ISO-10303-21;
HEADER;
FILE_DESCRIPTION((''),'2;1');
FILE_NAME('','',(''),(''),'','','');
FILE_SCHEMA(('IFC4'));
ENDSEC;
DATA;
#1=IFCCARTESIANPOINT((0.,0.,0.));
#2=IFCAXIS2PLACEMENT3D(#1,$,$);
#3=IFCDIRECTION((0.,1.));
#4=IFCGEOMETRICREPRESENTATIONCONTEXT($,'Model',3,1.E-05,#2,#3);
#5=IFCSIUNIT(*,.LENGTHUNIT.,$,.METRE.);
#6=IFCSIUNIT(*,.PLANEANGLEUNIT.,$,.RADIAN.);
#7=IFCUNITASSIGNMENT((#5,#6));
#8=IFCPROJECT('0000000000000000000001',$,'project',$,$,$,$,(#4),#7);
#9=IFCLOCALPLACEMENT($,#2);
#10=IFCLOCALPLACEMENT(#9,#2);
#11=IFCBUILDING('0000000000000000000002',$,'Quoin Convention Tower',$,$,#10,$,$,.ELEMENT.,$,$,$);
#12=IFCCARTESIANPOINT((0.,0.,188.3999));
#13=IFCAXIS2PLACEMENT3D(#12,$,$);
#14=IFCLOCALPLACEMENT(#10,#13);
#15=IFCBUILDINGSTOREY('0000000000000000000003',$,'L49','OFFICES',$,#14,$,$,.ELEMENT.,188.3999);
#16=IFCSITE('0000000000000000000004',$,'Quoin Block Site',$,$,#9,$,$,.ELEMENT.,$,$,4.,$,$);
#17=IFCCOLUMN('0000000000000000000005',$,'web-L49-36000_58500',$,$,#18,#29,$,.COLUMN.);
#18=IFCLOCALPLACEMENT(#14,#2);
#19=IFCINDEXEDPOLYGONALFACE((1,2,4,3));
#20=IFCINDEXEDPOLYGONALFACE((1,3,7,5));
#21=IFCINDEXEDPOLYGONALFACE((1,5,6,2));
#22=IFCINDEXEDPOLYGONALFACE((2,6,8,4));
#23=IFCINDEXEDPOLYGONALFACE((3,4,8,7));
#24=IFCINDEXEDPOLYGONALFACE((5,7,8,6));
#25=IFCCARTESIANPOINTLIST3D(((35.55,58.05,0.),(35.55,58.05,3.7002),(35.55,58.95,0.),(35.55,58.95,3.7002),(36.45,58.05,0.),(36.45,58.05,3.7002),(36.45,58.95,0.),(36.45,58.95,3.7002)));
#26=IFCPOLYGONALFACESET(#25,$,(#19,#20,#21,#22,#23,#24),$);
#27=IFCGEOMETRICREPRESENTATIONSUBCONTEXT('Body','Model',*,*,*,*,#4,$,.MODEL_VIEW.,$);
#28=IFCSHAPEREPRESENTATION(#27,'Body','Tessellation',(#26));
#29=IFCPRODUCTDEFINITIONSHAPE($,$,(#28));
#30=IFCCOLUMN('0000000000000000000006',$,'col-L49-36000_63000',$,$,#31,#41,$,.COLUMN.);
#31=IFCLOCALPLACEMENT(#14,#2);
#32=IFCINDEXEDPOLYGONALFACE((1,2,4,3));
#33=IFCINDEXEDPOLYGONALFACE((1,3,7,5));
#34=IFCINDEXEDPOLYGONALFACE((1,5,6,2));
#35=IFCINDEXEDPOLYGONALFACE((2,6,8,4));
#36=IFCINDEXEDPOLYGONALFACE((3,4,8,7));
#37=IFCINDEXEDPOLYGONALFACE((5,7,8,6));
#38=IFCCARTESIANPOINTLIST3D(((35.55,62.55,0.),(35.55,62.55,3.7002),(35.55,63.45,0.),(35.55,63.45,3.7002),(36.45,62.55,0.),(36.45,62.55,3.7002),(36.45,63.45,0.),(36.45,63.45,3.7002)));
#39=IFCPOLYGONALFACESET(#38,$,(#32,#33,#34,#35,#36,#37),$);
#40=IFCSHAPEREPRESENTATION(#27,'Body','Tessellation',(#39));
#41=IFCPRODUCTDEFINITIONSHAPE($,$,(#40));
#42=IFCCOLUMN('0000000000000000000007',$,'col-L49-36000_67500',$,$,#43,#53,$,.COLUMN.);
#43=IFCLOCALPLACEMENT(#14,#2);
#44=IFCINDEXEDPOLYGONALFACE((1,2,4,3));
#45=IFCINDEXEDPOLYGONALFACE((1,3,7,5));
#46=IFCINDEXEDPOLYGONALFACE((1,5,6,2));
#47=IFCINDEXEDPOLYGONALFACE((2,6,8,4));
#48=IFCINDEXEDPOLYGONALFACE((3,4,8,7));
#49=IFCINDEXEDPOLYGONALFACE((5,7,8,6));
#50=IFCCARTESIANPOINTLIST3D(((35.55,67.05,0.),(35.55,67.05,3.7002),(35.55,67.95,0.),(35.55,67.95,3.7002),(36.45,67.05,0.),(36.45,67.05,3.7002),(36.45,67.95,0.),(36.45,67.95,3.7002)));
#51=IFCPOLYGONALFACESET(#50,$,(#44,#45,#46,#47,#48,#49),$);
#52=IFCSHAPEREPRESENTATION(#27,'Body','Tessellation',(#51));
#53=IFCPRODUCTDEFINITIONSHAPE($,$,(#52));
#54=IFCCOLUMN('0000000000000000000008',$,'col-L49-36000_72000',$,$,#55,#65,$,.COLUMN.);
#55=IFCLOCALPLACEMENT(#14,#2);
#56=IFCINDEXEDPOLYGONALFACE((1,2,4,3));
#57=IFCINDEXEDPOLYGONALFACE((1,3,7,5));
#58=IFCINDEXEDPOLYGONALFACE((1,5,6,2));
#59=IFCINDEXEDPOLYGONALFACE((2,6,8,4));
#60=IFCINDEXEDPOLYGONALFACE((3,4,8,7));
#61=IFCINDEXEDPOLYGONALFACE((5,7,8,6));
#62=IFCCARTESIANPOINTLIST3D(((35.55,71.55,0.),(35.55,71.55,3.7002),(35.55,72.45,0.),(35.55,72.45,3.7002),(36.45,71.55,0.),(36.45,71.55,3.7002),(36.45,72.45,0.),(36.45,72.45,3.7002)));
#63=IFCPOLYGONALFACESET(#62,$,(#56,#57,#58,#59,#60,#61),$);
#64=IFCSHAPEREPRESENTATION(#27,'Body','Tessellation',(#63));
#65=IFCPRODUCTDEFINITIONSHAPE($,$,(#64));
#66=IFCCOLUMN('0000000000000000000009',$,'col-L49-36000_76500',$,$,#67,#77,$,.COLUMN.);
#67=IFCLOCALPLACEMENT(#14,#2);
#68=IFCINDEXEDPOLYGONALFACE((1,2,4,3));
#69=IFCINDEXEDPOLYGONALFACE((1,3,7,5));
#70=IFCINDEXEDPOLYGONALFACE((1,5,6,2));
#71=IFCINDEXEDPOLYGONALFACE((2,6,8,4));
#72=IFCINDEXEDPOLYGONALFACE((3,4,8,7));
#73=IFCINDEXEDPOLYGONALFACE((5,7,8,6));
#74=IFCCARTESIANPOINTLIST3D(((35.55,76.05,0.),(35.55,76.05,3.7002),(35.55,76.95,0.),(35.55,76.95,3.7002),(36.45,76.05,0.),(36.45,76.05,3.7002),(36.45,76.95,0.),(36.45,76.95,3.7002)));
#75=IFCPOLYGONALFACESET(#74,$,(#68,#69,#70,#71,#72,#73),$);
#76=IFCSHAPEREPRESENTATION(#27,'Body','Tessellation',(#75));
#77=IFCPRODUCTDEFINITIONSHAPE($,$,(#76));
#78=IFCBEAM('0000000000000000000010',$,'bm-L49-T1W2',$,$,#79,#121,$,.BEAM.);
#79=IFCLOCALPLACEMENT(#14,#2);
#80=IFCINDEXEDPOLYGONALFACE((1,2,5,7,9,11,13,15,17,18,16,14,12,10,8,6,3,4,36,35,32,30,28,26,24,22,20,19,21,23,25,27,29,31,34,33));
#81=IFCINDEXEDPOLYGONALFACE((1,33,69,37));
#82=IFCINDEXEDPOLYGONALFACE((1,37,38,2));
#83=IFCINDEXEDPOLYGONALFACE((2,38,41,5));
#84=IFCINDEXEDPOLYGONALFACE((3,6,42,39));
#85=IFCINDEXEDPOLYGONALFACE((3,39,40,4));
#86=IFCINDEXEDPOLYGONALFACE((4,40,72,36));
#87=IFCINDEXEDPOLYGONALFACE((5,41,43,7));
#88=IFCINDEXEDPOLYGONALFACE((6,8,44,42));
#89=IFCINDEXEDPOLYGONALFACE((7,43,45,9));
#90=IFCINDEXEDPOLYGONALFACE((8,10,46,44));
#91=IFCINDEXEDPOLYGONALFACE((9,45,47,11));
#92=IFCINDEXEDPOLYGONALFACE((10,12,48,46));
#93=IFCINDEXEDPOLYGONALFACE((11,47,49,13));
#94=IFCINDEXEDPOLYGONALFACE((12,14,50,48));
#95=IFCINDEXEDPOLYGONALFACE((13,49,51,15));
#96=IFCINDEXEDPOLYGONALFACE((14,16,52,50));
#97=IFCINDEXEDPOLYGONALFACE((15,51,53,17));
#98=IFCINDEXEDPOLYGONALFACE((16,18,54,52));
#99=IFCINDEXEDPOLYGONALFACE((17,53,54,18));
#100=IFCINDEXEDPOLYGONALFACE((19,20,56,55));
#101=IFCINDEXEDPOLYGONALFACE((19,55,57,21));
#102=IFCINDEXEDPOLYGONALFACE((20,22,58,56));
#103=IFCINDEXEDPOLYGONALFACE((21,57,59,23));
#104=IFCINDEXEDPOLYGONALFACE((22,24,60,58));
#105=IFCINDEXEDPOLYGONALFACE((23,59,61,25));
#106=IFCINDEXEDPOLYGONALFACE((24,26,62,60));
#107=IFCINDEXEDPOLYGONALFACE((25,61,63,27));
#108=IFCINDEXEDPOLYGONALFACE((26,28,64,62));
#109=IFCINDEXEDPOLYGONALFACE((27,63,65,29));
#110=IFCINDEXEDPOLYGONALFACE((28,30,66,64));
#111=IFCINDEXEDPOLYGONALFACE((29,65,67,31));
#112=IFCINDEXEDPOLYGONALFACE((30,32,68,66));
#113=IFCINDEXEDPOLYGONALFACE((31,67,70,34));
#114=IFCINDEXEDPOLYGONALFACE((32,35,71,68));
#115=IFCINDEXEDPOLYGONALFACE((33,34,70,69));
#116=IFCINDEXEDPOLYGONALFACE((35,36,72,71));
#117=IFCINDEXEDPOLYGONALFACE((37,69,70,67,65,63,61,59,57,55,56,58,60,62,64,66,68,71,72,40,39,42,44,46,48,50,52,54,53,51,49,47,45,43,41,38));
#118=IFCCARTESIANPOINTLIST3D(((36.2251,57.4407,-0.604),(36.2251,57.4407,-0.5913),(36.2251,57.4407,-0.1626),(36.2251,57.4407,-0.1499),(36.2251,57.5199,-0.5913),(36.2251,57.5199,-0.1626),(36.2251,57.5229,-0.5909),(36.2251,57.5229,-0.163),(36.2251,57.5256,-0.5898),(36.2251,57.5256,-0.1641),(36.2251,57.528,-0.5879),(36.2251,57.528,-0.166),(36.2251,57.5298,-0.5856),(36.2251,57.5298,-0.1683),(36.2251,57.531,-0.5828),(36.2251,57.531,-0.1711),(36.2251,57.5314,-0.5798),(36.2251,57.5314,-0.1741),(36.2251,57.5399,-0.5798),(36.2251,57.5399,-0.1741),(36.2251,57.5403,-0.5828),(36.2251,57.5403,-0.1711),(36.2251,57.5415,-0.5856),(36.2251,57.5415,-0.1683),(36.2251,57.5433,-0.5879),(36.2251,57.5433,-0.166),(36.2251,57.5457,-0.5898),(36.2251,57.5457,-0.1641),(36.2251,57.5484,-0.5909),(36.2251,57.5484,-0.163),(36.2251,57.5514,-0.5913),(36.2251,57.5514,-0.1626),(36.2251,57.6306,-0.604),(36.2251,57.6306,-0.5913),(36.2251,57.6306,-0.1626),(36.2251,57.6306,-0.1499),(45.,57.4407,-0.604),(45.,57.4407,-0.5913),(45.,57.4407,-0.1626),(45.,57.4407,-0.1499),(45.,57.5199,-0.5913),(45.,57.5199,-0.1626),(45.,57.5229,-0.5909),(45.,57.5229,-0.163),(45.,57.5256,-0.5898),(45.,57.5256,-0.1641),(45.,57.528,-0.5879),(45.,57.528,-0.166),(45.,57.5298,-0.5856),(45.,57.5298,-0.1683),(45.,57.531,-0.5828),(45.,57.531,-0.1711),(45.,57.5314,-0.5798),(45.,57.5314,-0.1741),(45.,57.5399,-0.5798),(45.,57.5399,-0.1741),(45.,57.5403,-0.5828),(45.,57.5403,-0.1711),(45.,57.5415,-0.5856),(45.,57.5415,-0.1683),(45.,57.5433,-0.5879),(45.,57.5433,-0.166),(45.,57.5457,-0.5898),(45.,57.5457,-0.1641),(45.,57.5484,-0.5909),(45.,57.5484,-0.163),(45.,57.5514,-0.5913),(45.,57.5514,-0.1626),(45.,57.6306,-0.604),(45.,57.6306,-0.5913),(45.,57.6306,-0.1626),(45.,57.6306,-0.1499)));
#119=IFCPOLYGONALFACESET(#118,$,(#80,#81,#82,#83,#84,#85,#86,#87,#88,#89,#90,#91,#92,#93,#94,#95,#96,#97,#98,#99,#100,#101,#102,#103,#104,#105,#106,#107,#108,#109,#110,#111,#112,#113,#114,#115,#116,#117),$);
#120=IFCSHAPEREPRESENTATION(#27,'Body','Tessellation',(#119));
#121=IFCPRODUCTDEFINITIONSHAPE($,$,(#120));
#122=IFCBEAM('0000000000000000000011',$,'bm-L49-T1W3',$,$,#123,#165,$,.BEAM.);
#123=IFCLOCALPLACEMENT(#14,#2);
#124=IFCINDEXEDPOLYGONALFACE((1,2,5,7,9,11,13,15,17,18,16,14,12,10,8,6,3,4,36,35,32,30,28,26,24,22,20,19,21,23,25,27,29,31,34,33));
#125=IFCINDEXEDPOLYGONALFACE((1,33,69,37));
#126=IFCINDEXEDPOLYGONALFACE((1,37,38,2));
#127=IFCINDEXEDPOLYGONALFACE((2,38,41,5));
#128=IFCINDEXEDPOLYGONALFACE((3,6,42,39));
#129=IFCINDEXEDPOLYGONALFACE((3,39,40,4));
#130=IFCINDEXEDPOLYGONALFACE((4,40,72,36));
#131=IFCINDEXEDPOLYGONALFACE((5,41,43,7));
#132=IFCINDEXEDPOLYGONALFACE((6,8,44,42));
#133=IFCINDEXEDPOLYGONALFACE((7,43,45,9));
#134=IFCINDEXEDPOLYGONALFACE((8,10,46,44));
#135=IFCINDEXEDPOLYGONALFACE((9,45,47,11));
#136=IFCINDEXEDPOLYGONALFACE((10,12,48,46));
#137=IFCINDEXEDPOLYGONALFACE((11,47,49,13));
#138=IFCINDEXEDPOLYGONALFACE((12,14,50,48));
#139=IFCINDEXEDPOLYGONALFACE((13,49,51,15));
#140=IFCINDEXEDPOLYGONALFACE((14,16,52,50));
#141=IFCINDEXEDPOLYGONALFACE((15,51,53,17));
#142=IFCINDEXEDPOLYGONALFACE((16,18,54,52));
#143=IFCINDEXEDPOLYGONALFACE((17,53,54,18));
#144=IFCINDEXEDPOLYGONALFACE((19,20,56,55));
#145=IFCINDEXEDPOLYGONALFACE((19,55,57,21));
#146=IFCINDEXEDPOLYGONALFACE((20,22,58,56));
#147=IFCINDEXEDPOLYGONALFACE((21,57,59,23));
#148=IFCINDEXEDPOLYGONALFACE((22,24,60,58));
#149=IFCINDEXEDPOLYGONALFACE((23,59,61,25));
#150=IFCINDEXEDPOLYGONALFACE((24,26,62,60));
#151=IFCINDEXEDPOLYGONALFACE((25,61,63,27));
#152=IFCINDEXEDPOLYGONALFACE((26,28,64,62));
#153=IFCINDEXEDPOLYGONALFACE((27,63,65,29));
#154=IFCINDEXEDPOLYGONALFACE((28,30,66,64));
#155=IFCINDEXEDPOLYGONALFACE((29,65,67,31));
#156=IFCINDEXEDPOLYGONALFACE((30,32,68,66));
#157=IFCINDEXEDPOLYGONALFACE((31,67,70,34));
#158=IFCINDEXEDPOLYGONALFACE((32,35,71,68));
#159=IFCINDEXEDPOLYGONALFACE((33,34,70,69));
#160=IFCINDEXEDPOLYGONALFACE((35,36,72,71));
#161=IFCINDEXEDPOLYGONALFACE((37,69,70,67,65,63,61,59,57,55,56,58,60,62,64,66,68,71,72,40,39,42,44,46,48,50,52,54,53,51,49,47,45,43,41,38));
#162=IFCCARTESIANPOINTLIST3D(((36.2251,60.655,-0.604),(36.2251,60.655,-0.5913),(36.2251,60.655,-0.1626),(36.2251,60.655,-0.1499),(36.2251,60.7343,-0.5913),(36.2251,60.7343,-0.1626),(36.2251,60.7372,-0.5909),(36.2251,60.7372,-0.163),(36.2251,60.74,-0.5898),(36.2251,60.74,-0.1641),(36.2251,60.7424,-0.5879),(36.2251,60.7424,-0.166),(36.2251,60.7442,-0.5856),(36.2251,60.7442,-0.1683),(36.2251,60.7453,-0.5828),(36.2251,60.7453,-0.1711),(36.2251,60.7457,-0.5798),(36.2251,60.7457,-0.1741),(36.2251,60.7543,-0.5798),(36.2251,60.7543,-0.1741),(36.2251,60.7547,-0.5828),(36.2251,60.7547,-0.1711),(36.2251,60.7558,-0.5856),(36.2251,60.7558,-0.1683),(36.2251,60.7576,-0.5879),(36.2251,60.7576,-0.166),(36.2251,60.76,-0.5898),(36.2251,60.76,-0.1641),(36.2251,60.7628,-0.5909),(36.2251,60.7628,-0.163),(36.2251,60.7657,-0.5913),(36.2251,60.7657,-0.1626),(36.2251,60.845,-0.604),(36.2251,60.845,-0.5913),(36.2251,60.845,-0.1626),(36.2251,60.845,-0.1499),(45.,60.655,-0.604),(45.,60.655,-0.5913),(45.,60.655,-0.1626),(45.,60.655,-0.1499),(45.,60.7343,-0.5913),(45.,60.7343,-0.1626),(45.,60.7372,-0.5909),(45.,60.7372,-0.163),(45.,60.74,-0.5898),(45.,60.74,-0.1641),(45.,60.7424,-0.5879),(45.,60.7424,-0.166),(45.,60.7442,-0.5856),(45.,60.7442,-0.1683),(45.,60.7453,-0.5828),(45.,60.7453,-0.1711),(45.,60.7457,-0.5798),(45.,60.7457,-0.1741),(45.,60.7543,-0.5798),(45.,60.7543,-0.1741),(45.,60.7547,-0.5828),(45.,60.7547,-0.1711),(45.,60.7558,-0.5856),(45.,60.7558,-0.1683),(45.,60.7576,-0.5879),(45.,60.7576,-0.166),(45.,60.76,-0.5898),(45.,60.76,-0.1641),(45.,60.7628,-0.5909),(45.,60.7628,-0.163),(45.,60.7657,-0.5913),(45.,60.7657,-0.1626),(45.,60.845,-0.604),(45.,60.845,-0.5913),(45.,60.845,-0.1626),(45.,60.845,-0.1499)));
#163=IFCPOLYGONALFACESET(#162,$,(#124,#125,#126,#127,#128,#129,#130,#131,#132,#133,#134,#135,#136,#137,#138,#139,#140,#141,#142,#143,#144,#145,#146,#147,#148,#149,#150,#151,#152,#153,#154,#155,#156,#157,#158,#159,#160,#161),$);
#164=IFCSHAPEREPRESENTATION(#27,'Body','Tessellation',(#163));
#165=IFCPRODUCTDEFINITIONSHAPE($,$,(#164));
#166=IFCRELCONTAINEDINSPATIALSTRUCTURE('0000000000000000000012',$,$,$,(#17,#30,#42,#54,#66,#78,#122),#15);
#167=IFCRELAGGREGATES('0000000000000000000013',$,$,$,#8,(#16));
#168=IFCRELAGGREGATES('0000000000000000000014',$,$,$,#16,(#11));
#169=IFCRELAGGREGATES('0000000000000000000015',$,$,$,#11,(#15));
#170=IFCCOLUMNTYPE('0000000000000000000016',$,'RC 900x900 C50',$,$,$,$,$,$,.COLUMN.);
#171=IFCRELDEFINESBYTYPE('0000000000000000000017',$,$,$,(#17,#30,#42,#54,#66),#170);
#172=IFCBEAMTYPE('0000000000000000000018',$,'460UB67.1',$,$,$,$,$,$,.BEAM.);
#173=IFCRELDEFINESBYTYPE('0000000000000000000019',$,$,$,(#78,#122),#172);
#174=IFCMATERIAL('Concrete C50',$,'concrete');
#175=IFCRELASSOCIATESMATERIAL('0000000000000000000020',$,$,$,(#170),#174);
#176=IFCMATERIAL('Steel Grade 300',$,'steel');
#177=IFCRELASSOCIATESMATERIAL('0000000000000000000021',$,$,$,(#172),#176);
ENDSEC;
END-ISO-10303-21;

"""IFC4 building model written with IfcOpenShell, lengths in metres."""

from ifc_helpers import new_model, si_unit, direction, frame, origin, origin_2d, place, context, subcontext, project, spatial, rectangle, i_section, extrude, material, material_profile, profile_set, type_object, element, save


model = new_model("IFC4")

# Units and contexts
model_context = context("Model", 3, precision=1e-05, world=origin(), true_north=direction((0.0, 1.0)))
body_context = subcontext(model_context, "Body", "Model", "MODEL_VIEW")
ifc_project = project(units=[si_unit("LENGTHUNIT", "METRE"), si_unit("PLANEANGLEUNIT", "RADIAN")], contexts=[model_context])

# Site, building, storey
site_placement = place(None, origin())
site = spatial("IfcSite", under=ifc_project, at=site_placement, Name="Quoin Block Site", CompositionType="ELEMENT", RefElevation=4.0)
building_placement = place(site_placement, origin())
building = spatial("IfcBuilding", under=site, at=building_placement, Name="Quoin Convention Tower", CompositionType="ELEMENT")
storey_placement = place(building_placement, frame((0.0, 0.0, 188.3999)))
storey = spatial("IfcBuildingStorey", under=building, at=storey_placement, Name="L49", Description="OFFICES", CompositionType="ELEMENT", Elevation=188.3999)

# Columns
ifc_material_1 = material(Name="Concrete C50", Category="concrete")
ifc_material_profile_1 = material_profile(ifc_material_1, rectangle(XDim=0.8999, YDim=0.8999, at=origin_2d()), Name="RC 900x900")
ifc_profile_set_1 = profile_set([ifc_material_profile_1], Name="Concrete C50")
column_type = type_object("IfcColumnType", Name="RC 900x900 C50", PredefinedType="COLUMN", material=ifc_profile_set_1)
for number, where, z_axis, x_axis, name in (
    (1, (36.0, 58.5, 0.0), (0.0, 0.0, 1.0), (1.0, 0.0, 0.0), "web-L49-36000_58500"),
    (2, (36.0, 63.0, 0.0), (0.0, 0.0, 1.0), (1.0, 0.0, 0.0), "col-L49-36000_63000"),
    (3, (36.0, 67.5, 0.0), (0.0, 0.0, 1.0), (1.0, 0.0, 0.0), "col-L49-36000_67500"),
    (4, (36.0, 72.0, 0.0), (0.0, 0.0, 1.0), (1.0, 0.0, 0.0), "col-L49-36000_72000"),
    (5, (36.0, 76.5, 0.0), (0.0, 0.0, 1.0), (1.0, 0.0, 0.0), "col-L49-36000_76500"),
):
    element("IfcColumn", number, at=place(storey_placement, frame(where, z_axis=z_axis, x_axis=x_axis)), inside=storey, type_object=column_type, Name=name, PredefinedType="COLUMN", context=body_context, shape_type="SweptSolid", body=[
        extrude(rectangle(XDim=0.8999, YDim=0.8999, at=origin_2d()), origin(), (0.0, 0.0, 1.0), 3.7002),
    ])

# Beams
ifc_material_2 = material(Name="Steel Grade 300", Category="steel")
ifc_material_profile_2 = material_profile(ifc_material_2, i_section(OverallWidth=0.1899, OverallDepth=0.4541, WebThickness=0.0085, FlangeThickness=0.0127, FilletRadius=0.0115, at=origin_2d()), Name="460UB67.1")
ifc_profile_set_2 = profile_set([ifc_material_profile_2], Name="Steel Grade 300")
beam_type_1 = type_object("IfcBeamType", Name="460UB67.1", PredefinedType="BEAM", material=ifc_profile_set_2)
for number, where, z_axis, x_axis, name in (
    (6, (36.2251, 57.5356, -0.377), (1.0, 0.0, 0.0), (0.0, 1.0, 0.0), "bm-L49-T1W2"),
    (7, (36.2251, 60.75, -0.377), (1.0, 0.0, 0.0), (0.0, 1.0, 0.0), "bm-L49-T1W3"),
):
    element("IfcBeam", number, at=place(storey_placement, frame(where, z_axis=z_axis, x_axis=x_axis)), inside=storey, type_object=beam_type_1, Name=name, PredefinedType="BEAM", context=body_context, shape_type="SweptSolid", body=[
        extrude(i_section(OverallWidth=0.1899, OverallDepth=0.4541, WebThickness=0.0085, FlangeThickness=0.0127, FilletRadius=0.0115, at=origin_2d()), origin(), (0.0, 0.0, 1.0), 8.7749),
    ])

save(model, "model.ifc")
